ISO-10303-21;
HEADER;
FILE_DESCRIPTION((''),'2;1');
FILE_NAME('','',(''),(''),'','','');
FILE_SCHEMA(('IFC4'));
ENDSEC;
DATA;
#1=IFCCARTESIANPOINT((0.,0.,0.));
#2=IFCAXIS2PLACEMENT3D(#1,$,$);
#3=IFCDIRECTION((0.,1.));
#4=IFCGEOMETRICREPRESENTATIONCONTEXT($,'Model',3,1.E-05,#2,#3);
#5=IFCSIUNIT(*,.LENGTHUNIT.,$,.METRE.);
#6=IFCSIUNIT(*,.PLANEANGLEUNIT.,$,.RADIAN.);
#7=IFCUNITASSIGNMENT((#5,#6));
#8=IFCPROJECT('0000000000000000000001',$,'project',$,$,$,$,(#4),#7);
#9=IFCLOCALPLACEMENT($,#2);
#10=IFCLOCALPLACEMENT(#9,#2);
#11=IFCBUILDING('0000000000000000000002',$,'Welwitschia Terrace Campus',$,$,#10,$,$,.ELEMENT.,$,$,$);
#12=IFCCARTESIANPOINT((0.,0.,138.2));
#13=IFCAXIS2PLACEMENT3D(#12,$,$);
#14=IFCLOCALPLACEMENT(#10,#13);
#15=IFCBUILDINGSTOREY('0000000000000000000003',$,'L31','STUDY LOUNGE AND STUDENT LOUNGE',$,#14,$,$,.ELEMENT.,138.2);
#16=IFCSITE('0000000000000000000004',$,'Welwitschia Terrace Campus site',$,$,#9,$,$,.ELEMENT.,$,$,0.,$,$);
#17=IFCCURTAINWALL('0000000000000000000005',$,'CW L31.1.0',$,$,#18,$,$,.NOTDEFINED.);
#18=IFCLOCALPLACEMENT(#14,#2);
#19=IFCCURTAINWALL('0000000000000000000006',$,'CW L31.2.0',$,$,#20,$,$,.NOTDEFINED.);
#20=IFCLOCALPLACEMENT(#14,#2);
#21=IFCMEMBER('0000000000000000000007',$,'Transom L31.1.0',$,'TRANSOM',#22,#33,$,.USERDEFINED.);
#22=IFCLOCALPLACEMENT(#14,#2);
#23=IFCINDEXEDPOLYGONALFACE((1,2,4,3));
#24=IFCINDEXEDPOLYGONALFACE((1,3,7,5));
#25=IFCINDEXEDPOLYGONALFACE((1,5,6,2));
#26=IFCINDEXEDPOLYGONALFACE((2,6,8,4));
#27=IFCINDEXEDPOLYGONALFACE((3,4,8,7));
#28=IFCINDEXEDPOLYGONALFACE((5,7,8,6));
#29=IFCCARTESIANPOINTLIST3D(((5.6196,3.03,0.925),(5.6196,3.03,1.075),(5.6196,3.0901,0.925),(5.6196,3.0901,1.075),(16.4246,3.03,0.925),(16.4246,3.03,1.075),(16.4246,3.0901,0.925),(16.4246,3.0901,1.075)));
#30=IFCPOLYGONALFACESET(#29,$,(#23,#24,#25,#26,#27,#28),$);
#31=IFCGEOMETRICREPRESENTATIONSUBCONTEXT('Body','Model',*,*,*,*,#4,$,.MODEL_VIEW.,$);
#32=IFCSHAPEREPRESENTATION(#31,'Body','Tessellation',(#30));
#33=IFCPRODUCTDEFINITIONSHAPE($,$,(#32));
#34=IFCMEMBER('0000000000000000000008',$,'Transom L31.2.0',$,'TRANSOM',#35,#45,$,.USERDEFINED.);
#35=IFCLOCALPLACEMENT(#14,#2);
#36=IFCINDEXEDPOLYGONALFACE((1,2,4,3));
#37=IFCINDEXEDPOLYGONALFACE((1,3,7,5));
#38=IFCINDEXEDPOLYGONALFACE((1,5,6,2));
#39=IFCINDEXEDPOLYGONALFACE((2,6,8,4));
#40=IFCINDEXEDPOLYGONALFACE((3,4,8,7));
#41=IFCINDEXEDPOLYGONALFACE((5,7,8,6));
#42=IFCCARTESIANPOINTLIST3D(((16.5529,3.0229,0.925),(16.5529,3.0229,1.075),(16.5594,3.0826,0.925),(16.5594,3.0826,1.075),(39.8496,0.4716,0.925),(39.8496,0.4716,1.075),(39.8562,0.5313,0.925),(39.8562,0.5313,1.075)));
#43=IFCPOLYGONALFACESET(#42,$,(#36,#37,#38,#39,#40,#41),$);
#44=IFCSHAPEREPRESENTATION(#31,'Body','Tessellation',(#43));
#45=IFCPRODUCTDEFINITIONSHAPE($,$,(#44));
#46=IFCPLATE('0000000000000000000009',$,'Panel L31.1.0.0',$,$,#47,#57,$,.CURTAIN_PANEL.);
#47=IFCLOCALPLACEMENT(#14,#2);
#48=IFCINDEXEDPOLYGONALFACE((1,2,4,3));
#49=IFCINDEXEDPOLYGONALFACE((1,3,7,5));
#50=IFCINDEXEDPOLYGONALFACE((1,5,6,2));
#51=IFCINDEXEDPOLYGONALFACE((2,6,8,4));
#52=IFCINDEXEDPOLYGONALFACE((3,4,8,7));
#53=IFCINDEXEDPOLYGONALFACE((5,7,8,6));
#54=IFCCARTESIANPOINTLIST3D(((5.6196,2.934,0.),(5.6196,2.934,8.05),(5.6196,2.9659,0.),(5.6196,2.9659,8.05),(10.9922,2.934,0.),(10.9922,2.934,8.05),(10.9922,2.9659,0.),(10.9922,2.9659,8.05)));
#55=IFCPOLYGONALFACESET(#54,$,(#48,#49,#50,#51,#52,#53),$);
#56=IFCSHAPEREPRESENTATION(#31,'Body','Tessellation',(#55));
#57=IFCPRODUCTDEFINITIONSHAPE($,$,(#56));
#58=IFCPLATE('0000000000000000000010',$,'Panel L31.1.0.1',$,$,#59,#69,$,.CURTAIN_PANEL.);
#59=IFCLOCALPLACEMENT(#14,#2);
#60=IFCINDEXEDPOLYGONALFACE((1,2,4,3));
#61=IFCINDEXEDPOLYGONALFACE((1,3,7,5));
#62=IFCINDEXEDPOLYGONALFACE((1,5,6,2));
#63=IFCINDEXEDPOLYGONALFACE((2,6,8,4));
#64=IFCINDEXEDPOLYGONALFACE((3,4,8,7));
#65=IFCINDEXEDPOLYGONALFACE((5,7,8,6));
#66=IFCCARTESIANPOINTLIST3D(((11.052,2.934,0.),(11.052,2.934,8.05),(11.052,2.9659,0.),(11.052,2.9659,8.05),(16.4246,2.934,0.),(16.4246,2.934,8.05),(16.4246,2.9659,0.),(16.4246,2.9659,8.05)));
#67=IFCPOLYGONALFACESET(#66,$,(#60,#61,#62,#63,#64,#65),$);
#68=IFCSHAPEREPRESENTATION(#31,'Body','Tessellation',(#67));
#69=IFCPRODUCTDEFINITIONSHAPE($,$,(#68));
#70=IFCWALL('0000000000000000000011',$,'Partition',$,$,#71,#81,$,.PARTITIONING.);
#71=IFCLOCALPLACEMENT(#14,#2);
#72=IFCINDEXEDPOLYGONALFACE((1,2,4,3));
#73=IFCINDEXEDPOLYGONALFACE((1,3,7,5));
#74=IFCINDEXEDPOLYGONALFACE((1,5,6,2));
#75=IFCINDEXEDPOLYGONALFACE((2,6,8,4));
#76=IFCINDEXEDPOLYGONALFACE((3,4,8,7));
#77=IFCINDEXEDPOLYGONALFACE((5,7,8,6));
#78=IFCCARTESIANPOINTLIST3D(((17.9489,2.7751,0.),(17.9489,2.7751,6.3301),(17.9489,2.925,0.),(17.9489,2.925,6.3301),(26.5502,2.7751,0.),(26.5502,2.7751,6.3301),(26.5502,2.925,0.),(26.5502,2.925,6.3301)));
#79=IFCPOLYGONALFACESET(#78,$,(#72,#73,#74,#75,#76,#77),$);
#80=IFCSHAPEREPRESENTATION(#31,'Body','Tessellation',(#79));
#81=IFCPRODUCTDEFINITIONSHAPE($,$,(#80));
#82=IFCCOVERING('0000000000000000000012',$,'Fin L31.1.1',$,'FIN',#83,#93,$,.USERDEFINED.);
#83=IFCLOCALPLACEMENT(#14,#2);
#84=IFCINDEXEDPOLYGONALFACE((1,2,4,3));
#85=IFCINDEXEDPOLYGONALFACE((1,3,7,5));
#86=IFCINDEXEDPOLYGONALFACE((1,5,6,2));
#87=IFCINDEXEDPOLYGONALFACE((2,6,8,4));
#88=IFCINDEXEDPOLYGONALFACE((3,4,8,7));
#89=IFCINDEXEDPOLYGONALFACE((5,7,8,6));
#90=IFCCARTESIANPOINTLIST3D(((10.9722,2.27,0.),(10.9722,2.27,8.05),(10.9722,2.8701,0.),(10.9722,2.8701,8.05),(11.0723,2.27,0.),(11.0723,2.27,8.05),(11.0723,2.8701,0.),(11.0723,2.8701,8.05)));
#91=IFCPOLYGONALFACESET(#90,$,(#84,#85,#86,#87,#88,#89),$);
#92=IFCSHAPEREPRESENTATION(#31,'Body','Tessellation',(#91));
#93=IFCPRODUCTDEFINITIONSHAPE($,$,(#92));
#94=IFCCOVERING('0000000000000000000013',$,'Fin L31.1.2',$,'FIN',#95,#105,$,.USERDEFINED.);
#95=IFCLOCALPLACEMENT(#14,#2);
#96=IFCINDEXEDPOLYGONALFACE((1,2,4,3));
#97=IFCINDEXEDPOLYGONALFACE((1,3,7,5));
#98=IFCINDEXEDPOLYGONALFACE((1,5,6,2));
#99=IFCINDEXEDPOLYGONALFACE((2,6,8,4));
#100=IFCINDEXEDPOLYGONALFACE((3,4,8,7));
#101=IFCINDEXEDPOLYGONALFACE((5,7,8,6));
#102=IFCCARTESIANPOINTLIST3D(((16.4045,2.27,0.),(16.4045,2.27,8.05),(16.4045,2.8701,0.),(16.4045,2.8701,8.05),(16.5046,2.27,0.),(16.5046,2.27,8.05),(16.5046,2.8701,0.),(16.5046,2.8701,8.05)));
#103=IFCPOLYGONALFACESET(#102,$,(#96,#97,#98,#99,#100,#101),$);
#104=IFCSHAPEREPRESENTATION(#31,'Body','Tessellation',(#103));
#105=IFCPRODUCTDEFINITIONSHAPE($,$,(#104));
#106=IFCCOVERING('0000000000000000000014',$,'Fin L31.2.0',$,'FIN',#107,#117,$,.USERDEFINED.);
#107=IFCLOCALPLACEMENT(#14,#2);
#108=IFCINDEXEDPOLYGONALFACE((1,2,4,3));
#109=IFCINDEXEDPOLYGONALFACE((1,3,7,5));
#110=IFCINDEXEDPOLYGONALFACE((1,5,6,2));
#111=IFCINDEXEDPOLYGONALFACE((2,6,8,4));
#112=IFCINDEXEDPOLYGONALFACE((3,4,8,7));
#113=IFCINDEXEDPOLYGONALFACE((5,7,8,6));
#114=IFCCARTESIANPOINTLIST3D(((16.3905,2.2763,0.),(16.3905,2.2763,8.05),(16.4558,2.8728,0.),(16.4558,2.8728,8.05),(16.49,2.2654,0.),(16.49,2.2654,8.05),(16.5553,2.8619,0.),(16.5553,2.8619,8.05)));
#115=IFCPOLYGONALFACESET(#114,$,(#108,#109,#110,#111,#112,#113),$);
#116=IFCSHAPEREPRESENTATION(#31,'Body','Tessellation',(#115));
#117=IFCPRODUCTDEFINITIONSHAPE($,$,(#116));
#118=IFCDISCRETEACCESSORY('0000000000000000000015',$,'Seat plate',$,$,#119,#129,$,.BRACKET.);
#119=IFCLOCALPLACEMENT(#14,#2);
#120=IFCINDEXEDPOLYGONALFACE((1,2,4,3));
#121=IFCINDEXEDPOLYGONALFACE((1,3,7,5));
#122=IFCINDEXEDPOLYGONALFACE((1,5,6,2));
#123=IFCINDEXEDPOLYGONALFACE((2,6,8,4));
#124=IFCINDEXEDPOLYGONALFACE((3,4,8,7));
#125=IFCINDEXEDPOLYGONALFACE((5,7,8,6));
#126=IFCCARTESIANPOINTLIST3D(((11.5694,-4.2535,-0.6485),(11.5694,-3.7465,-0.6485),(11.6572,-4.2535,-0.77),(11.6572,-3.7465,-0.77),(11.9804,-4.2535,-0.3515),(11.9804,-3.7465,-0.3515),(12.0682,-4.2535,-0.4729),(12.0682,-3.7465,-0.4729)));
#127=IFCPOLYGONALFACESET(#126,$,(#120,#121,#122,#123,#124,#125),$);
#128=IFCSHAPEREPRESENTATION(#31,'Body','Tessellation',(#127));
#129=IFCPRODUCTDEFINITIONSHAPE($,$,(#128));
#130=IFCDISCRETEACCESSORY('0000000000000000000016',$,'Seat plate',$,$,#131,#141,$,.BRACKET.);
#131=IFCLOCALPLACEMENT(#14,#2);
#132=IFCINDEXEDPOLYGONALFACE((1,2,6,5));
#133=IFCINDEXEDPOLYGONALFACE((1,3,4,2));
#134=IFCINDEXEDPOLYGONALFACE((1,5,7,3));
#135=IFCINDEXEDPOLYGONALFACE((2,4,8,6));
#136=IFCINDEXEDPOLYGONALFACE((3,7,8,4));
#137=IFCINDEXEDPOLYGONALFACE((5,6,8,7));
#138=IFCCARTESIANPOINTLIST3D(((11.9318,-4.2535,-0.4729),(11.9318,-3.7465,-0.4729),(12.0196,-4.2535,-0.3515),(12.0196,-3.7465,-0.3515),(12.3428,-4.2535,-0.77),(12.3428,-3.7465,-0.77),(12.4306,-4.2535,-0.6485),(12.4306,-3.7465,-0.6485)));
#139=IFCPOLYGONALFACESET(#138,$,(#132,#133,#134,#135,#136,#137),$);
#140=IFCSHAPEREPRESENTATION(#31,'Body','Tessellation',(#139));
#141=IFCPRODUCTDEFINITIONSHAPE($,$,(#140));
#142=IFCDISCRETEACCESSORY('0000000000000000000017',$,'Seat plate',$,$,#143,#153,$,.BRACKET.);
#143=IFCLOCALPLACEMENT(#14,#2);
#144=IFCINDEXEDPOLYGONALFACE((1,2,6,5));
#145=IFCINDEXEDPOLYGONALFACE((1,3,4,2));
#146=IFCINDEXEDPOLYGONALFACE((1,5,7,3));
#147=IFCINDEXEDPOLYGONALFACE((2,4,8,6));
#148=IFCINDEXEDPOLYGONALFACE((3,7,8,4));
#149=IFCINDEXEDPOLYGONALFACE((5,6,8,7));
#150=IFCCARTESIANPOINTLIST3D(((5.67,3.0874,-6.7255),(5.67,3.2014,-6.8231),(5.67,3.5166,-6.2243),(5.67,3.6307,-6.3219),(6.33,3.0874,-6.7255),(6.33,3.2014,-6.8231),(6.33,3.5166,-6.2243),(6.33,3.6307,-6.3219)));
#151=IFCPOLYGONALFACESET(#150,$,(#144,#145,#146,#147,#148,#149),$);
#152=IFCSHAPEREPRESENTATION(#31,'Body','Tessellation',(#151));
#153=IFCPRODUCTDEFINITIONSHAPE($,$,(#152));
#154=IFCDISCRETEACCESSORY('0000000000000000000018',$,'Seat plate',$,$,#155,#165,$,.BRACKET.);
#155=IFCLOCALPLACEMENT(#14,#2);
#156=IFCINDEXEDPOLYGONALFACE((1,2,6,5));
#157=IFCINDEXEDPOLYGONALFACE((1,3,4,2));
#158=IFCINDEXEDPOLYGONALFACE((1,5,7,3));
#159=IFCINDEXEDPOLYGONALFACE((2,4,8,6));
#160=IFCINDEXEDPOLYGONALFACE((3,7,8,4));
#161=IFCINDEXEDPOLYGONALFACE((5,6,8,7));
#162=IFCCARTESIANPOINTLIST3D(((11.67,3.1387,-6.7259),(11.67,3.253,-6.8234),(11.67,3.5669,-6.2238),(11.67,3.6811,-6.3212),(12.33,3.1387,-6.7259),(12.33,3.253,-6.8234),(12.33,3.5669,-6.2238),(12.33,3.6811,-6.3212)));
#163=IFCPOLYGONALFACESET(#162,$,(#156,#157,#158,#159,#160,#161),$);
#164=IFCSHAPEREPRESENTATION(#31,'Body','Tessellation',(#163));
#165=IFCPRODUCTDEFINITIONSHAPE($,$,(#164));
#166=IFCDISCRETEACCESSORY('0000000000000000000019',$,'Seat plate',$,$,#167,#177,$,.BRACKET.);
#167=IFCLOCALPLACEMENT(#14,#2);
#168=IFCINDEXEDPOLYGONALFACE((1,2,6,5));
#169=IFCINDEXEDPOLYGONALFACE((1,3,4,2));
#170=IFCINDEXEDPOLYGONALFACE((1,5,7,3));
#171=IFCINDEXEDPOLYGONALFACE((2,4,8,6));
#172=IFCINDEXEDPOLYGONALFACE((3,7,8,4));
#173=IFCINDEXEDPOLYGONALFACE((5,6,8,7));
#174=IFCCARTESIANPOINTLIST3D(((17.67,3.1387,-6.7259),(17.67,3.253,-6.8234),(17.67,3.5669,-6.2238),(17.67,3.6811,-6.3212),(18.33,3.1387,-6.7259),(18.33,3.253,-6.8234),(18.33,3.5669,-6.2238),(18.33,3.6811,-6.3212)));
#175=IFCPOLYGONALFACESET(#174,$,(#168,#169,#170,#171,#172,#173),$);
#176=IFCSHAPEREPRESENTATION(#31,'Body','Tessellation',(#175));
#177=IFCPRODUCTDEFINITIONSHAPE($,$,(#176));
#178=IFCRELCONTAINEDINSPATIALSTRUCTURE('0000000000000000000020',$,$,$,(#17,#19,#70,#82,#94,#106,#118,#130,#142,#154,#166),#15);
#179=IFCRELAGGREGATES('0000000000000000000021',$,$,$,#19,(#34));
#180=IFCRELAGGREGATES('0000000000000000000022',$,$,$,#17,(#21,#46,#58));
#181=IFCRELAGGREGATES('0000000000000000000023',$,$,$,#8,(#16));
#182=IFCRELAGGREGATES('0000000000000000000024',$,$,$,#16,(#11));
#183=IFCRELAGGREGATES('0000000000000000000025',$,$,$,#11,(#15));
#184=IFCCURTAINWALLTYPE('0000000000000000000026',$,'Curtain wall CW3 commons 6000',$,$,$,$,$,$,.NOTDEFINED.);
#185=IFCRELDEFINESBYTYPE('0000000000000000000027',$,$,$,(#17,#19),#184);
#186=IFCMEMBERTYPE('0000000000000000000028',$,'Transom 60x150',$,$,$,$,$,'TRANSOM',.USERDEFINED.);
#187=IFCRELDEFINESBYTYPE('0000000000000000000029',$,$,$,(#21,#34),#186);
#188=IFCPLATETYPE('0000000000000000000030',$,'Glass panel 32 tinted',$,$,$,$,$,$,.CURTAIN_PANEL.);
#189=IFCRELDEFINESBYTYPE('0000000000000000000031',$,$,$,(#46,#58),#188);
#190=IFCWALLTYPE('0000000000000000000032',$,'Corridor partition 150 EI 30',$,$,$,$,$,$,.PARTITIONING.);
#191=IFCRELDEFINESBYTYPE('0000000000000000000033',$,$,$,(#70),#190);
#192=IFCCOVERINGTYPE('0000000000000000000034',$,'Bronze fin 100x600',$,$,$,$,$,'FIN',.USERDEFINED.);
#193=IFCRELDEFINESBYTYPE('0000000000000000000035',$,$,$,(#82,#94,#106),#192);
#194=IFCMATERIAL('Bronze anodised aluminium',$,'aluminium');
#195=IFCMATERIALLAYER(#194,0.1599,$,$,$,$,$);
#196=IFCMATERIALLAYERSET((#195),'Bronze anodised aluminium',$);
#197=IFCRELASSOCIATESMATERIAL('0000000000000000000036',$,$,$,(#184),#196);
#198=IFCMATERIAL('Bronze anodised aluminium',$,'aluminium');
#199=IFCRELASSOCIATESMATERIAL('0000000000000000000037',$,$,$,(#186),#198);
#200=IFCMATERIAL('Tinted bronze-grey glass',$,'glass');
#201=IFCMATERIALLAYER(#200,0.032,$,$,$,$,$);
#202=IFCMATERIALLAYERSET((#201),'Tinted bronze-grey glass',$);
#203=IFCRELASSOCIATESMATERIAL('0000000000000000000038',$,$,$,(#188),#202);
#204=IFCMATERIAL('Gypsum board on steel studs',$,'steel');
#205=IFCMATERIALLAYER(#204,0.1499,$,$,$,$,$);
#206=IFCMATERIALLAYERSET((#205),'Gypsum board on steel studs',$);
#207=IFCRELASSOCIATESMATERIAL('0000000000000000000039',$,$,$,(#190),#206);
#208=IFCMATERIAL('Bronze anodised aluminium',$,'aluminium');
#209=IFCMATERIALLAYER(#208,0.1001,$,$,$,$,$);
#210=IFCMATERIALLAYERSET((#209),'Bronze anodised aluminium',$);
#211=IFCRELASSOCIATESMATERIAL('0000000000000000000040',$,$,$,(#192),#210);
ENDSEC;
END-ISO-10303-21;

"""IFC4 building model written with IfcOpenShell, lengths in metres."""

from ifc_helpers import new_model, si_unit, direction, frame, frame_2d, origin, origin_2d, place, context, subcontext, project, spatial, rectangle, extrude, material, layer, layer_set, material_profile, profile_set, type_object, element, aggregate, save


model = new_model("IFC4")

# Units and contexts
model_context = context("Model", 3, precision=1e-05, world=origin(), true_north=direction((0.0, 1.0)))
body_context = subcontext(model_context, "Body", "Model", "MODEL_VIEW")
ifc_project = project(units=[si_unit("LENGTHUNIT", "METRE"), si_unit("PLANEANGLEUNIT", "RADIAN")], contexts=[model_context])

# Site, building, storey
site_placement = place(None, origin())
site = spatial("IfcSite", under=ifc_project, at=site_placement, Name="Welwitschia Terrace Campus site", CompositionType="ELEMENT", RefElevation=0.0)
building_placement = place(site_placement, origin())
building = spatial("IfcBuilding", under=site, at=building_placement, Name="Welwitschia Terrace Campus", CompositionType="ELEMENT")
storey_placement = place(building_placement, frame((0.0, 0.0, 138.2)))
storey = spatial("IfcBuildingStorey", under=building, at=storey_placement, Name="L31", Description="STUDY LOUNGE AND STUDENT LOUNGE", CompositionType="ELEMENT", Elevation=138.2)

# Curtain wall
ifc_material_1 = material(Name="Bronze anodised aluminium", Category="aluminium")
ifc_layer_1 = layer(ifc_material_1, 0.1599)
ifc_layer_set_1 = layer_set([ifc_layer_1], Name="Bronze anodised aluminium")
curtain_wall_type = type_object("IfcCurtainWallType", Name="Curtain wall CW3 commons 6000", PredefinedType="NOTDEFINED", material=ifc_layer_set_1)
curtain_wall_1_placement = place(storey_placement, origin())
curtain_wall_1 = element("IfcCurtainWall", 1, at=curtain_wall_1_placement, inside=storey, type_object=curtain_wall_type, Name="CW L31.1.0", PredefinedType="NOTDEFINED")

# Curtain wall
curtain_wall_2_placement = place(storey_placement, origin())
curtain_wall_2 = element("IfcCurtainWall", 2, at=curtain_wall_2_placement, inside=storey, type_object=curtain_wall_type, Name="CW L31.2.0", PredefinedType="NOTDEFINED")

# Members
ifc_material_2 = material(Name="Bronze anodised aluminium", Category="aluminium")
ifc_material_profile_1 = material_profile(ifc_material_2, rectangle(XDim=0.0601, YDim=0.1499, at=origin_2d()))
ifc_profile_set_1 = profile_set([ifc_material_profile_1], Name="Bronze anodised aluminium")
member_type_1 = type_object("IfcMemberType", Name="Transom 60x150", ElementType="TRANSOM", PredefinedType="USERDEFINED", material=ifc_profile_set_1)
member_1_placement = place(storey_placement, frame((5.6196, 3.0601, 1.0), z_axis=(1.0, 0.0, 0.0), x_axis=(0.0, 1.0, 0.0)))
member_1 = element("IfcMember", 3, at=member_1_placement, type_object=member_type_1, Name="Transom L31.1.0", ObjectType="TRANSOM", PredefinedType="USERDEFINED", context=body_context, shape_type="SweptSolid", body=[
    extrude(rectangle(XDim=0.0601, YDim=0.1499, at=origin_2d()), origin(), (0.0, 0.0, 1.0), 10.8049),
])
member_2_placement = place(storey_placement, frame((16.5562, 3.0527, 1.0), z_axis=(0.994057, -0.10886, 0.0), x_axis=(0.10886, 0.994057, 0.0)))
member_2 = element("IfcMember", 4, at=member_2_placement, type_object=member_type_1, Name="Transom L31.2.0", ObjectType="TRANSOM", PredefinedType="USERDEFINED", context=body_context, shape_type="SweptSolid", body=[
    extrude(rectangle(XDim=0.0601, YDim=0.1499, at=origin_2d()), origin(), (0.0, 0.0, 1.0), 23.436),
])
aggregate(curtain_wall_2, [member_2])

# Plates
ifc_material_3 = material(Name="Tinted bronze-grey glass", Category="glass")
ifc_layer_2 = layer(ifc_material_3, 0.032)
ifc_layer_set_2 = layer_set([ifc_layer_2], Name="Tinted bronze-grey glass")
plate_type = type_object("IfcPlateType", Name="Glass panel 32 tinted", PredefinedType="CURTAIN_PANEL", material=ifc_layer_set_2)
plate_1_placement = place(storey_placement, frame((8.3059, 2.95, 0.0), z_axis=(0.0, 0.0, 1.0), x_axis=(1.0, 0.0, 0.0)))
plate_1 = element("IfcPlate", 5, at=plate_1_placement, type_object=plate_type, Name="Panel L31.1.0.0", PredefinedType="CURTAIN_PANEL", context=body_context, shape_type="SweptSolid", body=[
    extrude(rectangle(XDim=5.3726, YDim=0.032, at=origin_2d()), origin(), (0.0, 0.0, 1.0), 8.05),
])
plate_2_placement = place(storey_placement, frame((13.7383, 2.95, 0.0), z_axis=(0.0, 0.0, 1.0), x_axis=(1.0, 0.0, 0.0)))
plate_2 = element("IfcPlate", 6, at=plate_2_placement, type_object=plate_type, Name="Panel L31.1.0.1", PredefinedType="CURTAIN_PANEL", context=body_context, shape_type="SweptSolid", body=[
    extrude(rectangle(XDim=5.3726, YDim=0.032, at=origin_2d()), origin(), (0.0, 0.0, 1.0), 8.05),
])
aggregate(curtain_wall_1, [member_1, plate_1, plate_2])

# Wall
ifc_material_4 = material(Name="Gypsum board on steel studs", Category="steel")
ifc_layer_3 = layer(ifc_material_4, 0.1499)
ifc_layer_set_3 = layer_set([ifc_layer_3], Name="Gypsum board on steel studs")
wall_type = type_object("IfcWallType", Name="Corridor partition 150 EI 30", PredefinedType="PARTITIONING", material=ifc_layer_set_3)
wall_placement = place(storey_placement, frame((17.9487, 2.8501, 0.0), z_axis=(0.0, 0.0, 1.0), x_axis=(1.0, 0.0, 0.0)))
element("IfcWall", 7, at=wall_placement, inside=storey, type_object=wall_type, Name="Partition", PredefinedType="PARTITIONING", context=body_context, shape_type="SweptSolid", body=[
    extrude(rectangle(XDim=8.6013, YDim=0.1499, at=frame_2d((4.3008, 0.0))), origin(), (0.0, 0.0, 1.0), 6.3301),
])

# Coverings
ifc_material_5 = material(Name="Bronze anodised aluminium", Category="aluminium")
ifc_layer_4 = layer(ifc_material_5, 0.1001)
ifc_layer_set_4 = layer_set([ifc_layer_4], Name="Bronze anodised aluminium")
covering_type = type_object("IfcCoveringType", Name="Bronze fin 100x600", ElementType="FIN", PredefinedType="USERDEFINED", material=ifc_layer_set_4)
for number, where, z_axis, x_axis, name in (
    (8, (11.0222, 2.5701, 0.0), (0.0, 0.0, 1.0), (1.0, 0.0, 0.0), "Fin L31.1.1"),
    (9, (16.4546, 2.5701, 0.0), (0.0, 0.0, 1.0), (1.0, 0.0, 0.0), "Fin L31.1.2"),
    (10, (16.4729, 2.5691, 0.0), (0.0, 0.0, 1.0), (0.994056, -0.108867, 0.0), "Fin L31.2.0"),
):
    element("IfcCovering", number, at=place(storey_placement, frame(where, z_axis=z_axis, x_axis=x_axis)), inside=storey, type_object=covering_type, Name=name, ObjectType="FIN", PredefinedType="USERDEFINED", context=body_context, shape_type="SweptSolid", body=[
        extrude(rectangle(XDim=0.1001, YDim=0.6001, at=origin_2d()), origin(), (0.0, 0.0, 1.0), 8.05),
    ])

# Discrete accessories
for number, where, z_axis, x_axis, name in (
    (11, (11.7749, -4.0, -0.5), (0.585847, 0.0, -0.810422), (0.0, 1.0, 0.0), "Seat plate"),
    (12, (12.2251, -4.0, -0.5), (-0.585847, 0.0, -0.810422), (0.0, -1.0, 0.0), "Seat plate"),
):
    element("IfcDiscreteAccessory", number, at=place(storey_placement, frame(where, z_axis=z_axis, x_axis=x_axis)), inside=storey, Name=name, PredefinedType="BRACKET", context=body_context, shape_type="SweptSolid", body=[
        extrude(rectangle(XDim=0.5071, YDim=0.5071, at=origin_2d()), origin(), (0.0, 0.0, 1.0), 0.1499),
    ])
for number, where, z_axis, x_axis, name in (
    (13, (6.0, 3.302, -6.4749), (0.0, 0.759486, -0.650523), (-1.0, 0.0, 0.0), "Seat plate"),
    (14, (12.0, 3.3528, -6.4749), (0.0, 0.760976, -0.64878), (-1.0, 0.0, 0.0), "Seat plate"),
    (15, (18.0, 3.3528, -6.4749), (0.0, 0.760976, -0.64878), (-1.0, 0.0, 0.0), "Seat plate"),
):
    element("IfcDiscreteAccessory", number, at=place(storey_placement, frame(where, z_axis=z_axis, x_axis=x_axis)), inside=storey, Name=name, PredefinedType="BRACKET", context=body_context, shape_type="SweptSolid", body=[
        extrude(rectangle(XDim=0.6599, YDim=0.6599, at=origin_2d()), origin(), (0.0, 0.0, 1.0), 0.1501),
    ])

save(model, "model.ifc")
